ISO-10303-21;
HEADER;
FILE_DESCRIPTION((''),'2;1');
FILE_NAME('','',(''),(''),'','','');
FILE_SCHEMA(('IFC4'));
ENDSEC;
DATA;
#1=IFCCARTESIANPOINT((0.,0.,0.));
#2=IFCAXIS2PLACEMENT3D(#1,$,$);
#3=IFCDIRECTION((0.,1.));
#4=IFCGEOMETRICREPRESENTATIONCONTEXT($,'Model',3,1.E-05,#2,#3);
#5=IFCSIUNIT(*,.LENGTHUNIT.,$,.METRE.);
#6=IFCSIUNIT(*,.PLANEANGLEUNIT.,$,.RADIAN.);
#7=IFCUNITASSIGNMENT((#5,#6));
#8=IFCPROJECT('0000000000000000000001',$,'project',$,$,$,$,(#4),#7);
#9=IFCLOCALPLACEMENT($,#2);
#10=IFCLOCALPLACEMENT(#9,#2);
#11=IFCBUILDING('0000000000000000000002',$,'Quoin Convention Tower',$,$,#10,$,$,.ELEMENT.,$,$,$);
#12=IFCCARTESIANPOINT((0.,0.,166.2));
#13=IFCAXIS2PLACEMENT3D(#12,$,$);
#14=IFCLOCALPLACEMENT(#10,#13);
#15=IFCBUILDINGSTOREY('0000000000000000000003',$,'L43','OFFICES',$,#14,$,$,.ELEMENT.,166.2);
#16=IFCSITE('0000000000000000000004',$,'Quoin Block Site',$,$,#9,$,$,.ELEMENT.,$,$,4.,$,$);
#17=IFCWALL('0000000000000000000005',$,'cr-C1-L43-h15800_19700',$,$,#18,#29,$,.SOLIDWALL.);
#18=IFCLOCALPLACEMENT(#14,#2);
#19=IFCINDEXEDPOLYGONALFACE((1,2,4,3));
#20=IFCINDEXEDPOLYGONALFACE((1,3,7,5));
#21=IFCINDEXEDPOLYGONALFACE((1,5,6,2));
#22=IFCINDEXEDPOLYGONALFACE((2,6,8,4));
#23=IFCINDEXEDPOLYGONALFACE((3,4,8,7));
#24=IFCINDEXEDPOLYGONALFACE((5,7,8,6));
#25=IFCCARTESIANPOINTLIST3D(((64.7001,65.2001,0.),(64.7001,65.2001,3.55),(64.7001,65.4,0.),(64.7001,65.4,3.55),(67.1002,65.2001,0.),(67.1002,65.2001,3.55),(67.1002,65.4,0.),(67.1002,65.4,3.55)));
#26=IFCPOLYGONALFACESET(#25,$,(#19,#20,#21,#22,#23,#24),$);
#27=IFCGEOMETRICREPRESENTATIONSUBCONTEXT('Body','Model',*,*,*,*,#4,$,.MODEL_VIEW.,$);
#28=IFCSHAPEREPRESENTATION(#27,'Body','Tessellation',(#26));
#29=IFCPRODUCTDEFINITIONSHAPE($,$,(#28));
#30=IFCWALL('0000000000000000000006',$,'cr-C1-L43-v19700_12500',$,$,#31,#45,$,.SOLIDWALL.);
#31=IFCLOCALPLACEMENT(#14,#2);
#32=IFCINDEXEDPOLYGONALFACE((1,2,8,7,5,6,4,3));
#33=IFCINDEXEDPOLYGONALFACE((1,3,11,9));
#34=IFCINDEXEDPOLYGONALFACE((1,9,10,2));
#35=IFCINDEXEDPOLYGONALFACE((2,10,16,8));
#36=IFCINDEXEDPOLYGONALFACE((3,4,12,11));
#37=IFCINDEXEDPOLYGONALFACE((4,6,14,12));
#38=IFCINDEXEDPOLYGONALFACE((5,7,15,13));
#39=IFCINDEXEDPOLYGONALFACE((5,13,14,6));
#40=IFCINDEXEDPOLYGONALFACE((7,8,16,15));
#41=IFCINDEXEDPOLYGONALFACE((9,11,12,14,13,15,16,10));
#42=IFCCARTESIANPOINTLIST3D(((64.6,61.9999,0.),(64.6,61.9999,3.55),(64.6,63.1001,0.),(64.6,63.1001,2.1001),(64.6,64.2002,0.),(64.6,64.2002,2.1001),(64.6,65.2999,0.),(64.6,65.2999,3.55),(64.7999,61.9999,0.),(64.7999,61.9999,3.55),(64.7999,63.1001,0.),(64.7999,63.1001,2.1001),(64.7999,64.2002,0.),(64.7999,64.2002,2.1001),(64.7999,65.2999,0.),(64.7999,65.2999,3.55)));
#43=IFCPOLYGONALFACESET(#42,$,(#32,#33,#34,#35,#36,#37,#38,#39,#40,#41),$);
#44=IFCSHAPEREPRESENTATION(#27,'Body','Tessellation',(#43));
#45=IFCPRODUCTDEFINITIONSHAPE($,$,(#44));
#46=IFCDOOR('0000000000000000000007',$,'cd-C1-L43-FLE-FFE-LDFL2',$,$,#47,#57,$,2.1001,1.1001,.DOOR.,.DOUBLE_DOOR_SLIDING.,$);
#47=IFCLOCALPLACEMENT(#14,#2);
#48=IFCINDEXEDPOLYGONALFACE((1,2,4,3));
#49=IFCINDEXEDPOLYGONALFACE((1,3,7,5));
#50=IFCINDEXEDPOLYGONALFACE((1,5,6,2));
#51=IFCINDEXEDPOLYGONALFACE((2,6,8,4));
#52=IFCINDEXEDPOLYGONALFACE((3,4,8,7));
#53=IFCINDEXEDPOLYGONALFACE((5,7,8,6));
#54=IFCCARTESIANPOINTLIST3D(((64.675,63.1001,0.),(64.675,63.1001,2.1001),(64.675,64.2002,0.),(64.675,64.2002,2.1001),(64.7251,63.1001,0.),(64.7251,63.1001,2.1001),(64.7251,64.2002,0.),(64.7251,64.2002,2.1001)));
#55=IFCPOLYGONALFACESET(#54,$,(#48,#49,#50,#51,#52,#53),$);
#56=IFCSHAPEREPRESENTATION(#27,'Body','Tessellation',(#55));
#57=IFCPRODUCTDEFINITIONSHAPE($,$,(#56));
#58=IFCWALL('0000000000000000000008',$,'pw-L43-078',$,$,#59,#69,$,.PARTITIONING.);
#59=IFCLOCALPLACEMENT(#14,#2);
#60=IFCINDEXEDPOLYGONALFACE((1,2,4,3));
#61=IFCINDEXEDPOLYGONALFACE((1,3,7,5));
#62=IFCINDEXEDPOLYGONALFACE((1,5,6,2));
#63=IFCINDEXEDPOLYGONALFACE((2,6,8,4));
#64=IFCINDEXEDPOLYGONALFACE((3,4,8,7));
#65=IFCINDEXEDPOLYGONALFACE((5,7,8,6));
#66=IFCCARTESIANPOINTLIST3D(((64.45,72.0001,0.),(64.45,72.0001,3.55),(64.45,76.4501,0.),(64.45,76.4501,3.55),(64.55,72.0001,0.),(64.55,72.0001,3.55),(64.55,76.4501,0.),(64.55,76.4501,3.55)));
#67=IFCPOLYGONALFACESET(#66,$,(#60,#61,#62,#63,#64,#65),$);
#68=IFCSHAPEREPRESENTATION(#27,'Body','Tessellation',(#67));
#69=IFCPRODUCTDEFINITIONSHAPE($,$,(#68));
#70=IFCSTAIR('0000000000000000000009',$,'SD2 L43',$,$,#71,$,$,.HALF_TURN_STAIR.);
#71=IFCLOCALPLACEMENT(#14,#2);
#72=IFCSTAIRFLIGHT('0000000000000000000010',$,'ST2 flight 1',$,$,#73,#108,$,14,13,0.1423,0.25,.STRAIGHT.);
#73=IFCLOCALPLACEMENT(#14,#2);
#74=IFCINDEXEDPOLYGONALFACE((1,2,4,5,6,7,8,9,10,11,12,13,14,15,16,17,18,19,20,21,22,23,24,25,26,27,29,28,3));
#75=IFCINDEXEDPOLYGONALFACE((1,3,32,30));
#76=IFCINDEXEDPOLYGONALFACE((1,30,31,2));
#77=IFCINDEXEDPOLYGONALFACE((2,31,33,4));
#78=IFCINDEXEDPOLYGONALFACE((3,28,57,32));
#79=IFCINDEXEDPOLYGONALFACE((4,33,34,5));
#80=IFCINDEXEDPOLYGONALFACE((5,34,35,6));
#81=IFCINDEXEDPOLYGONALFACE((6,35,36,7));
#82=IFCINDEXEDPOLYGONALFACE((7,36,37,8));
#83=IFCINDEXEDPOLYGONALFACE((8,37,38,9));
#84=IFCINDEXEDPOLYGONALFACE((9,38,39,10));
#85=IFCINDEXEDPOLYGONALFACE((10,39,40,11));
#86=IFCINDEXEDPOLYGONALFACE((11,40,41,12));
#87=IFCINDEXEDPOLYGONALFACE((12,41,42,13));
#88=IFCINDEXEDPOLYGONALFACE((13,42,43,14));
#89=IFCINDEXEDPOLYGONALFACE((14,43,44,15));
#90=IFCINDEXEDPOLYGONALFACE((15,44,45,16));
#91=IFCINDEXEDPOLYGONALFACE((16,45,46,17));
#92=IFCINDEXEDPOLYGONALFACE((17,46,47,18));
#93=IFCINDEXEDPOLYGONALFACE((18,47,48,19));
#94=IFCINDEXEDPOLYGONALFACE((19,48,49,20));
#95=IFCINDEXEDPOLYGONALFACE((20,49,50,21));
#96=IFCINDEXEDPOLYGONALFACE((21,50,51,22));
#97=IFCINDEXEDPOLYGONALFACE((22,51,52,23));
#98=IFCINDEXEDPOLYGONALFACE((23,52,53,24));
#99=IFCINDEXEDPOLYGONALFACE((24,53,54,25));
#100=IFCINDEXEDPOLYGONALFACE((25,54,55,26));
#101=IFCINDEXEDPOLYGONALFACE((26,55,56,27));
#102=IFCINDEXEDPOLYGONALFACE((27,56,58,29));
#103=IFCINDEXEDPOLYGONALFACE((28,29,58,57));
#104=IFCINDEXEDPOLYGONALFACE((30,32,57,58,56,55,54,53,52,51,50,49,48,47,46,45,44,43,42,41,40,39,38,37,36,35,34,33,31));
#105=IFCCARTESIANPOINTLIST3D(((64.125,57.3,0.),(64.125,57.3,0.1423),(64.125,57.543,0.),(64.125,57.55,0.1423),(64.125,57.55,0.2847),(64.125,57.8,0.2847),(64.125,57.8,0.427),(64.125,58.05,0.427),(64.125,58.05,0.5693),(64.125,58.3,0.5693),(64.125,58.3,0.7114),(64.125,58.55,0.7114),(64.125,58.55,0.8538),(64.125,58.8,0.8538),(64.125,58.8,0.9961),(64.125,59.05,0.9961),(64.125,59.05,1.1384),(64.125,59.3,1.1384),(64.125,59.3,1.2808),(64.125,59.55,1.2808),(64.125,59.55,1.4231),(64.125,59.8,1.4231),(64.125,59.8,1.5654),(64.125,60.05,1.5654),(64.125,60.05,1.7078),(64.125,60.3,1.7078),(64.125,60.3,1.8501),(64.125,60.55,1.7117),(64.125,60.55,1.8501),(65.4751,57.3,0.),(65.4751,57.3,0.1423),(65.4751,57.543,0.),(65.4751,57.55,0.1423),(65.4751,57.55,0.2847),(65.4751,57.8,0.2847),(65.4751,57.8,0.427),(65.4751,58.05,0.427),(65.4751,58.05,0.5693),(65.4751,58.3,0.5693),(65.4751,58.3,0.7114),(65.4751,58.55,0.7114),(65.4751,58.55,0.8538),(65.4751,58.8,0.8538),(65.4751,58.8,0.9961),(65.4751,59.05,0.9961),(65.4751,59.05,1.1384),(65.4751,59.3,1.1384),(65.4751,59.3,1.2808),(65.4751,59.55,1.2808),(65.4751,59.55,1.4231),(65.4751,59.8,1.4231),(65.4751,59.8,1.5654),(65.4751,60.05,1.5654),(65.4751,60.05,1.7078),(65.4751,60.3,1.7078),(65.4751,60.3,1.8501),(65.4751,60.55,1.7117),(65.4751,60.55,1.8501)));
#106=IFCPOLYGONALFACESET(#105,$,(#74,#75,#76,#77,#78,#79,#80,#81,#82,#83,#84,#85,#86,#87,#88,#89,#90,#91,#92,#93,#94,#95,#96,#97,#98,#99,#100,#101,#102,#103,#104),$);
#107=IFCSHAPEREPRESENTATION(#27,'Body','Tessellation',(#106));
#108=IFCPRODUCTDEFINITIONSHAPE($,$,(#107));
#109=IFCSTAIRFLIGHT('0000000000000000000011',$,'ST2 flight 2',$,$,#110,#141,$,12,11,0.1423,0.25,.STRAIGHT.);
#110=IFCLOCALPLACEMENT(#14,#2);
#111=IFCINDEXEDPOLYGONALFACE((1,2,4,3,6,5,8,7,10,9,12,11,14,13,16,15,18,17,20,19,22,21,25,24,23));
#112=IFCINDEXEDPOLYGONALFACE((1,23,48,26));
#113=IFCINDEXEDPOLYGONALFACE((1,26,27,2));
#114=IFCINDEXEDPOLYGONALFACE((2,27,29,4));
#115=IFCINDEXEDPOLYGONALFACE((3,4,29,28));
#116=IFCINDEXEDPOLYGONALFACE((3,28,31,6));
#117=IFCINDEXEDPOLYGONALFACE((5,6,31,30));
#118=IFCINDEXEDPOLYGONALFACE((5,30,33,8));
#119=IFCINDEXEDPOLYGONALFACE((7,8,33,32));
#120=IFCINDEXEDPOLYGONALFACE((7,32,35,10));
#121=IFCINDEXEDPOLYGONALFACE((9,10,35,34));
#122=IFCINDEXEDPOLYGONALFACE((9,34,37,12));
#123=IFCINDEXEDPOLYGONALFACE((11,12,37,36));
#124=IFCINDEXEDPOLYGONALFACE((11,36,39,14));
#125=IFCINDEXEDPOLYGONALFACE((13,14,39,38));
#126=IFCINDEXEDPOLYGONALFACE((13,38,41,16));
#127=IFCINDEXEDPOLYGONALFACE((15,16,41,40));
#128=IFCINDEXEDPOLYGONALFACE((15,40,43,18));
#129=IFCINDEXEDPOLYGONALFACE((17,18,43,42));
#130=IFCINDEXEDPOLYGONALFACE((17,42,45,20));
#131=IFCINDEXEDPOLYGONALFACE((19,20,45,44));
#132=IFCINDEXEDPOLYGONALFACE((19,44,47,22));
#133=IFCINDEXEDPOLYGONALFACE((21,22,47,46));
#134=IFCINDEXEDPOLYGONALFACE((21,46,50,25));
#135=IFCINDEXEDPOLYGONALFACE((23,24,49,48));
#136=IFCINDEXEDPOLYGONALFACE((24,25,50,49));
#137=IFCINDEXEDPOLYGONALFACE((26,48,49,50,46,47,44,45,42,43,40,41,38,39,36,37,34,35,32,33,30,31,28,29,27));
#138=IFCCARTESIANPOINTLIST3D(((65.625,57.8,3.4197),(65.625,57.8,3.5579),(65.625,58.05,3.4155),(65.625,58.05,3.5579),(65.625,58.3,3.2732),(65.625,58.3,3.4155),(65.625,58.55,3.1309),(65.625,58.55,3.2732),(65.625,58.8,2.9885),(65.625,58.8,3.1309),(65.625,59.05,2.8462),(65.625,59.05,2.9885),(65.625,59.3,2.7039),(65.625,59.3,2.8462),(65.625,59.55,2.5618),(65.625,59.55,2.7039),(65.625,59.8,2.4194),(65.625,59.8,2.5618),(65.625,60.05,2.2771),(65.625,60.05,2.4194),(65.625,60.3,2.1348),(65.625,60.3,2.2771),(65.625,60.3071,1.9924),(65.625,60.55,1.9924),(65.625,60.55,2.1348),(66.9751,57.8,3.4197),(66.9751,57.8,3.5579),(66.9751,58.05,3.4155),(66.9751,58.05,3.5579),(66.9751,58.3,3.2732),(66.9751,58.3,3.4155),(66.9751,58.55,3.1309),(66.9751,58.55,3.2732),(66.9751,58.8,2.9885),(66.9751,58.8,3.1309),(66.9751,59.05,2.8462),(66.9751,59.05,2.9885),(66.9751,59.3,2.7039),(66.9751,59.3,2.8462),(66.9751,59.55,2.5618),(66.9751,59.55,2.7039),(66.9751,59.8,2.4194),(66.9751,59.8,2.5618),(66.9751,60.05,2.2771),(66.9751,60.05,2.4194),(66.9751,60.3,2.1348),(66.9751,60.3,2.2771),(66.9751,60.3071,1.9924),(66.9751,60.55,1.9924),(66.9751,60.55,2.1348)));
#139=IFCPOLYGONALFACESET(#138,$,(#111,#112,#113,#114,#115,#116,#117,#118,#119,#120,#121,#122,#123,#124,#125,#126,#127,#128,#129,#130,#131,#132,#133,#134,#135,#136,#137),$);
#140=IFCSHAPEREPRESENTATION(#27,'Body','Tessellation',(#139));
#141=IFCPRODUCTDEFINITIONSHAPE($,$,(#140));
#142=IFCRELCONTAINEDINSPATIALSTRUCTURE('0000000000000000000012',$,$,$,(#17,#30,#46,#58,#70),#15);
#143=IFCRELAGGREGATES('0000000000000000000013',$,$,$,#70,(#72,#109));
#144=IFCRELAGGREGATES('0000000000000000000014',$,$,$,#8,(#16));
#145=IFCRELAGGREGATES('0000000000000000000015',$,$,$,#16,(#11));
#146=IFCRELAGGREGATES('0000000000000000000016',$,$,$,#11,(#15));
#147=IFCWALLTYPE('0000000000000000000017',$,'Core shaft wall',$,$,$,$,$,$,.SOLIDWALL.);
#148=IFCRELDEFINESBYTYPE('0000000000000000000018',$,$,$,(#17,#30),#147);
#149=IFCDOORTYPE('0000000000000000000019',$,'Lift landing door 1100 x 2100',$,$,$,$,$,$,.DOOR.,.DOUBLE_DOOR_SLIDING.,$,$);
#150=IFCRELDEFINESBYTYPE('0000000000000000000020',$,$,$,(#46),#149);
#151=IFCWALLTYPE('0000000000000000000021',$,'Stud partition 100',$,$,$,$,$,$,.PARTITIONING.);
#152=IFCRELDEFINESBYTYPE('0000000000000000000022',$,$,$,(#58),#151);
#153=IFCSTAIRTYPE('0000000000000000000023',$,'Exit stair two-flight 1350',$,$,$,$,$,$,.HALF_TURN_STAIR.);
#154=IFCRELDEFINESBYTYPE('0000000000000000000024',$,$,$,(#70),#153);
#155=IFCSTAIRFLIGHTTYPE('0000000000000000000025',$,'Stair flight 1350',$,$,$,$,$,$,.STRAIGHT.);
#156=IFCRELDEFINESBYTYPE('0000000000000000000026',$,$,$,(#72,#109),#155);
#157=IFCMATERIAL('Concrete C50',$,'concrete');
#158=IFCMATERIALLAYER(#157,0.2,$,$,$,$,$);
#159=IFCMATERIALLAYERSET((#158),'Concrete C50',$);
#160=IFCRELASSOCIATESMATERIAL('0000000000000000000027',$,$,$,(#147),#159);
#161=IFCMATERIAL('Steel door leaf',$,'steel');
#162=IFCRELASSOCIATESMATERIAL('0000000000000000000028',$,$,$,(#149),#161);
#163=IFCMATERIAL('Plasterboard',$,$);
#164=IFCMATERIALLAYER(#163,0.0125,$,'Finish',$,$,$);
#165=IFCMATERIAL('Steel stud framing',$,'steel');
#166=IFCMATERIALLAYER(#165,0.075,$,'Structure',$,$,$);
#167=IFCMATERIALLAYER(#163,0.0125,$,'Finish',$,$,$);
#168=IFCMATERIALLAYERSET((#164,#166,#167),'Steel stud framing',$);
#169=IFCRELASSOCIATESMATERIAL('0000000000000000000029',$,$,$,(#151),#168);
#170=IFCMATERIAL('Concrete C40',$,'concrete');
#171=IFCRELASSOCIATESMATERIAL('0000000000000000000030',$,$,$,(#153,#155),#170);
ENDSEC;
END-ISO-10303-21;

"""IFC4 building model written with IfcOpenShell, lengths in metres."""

from ifc_helpers import new_model, si_unit, direction, frame, frame_2d, origin, place, context, subcontext, project, spatial, polyline, rectangle, outline, extrude, material, layer, layer_set, type_object, element, fill, aggregate, save


model = new_model("IFC4")

# Units and contexts
model_context = context("Model", 3, precision=1e-05, world=origin(), true_north=direction((0.0, 1.0)))
body_context = subcontext(model_context, "Body", "Model", "MODEL_VIEW")
ifc_project = project(units=[si_unit("LENGTHUNIT", "METRE"), si_unit("PLANEANGLEUNIT", "RADIAN")], contexts=[model_context])

# Site, building, storey
site_placement = place(None, origin())
site = spatial("IfcSite", under=ifc_project, at=site_placement, Name="Quoin Block Site", CompositionType="ELEMENT", RefElevation=4.0)
building_placement = place(site_placement, origin())
building = spatial("IfcBuilding", under=site, at=building_placement, Name="Quoin Convention Tower", CompositionType="ELEMENT")
storey_placement = place(building_placement, frame((0.0, 0.0, 166.2)))
storey = spatial("IfcBuildingStorey", under=building, at=storey_placement, Name="L43", Description="OFFICES", CompositionType="ELEMENT", Elevation=166.2)

# Shared definitions
ifc_material_1 = material(Name="Concrete C50", Category="concrete")

# Shared definitions
ifc_material_2 = material(Name="Plasterboard")
ifc_material_3 = material(Name="Steel stud framing", Category="steel")

# Shared definitions
ifc_material_4 = material(Name="Steel door leaf", Category="steel")

# Wall
ifc_layer_1 = layer(ifc_material_1, 0.2)
ifc_layer_set_1 = layer_set([ifc_layer_1], Name="Concrete C50")
wall_type_1 = type_object("IfcWallType", Name="Core shaft wall", PredefinedType="SOLIDWALL", material=ifc_layer_set_1)
wall_1_placement = place(storey_placement, frame((64.7, 65.3, 0.0), z_axis=(0.0, 0.0, 1.0), x_axis=(1.0, 0.0, 0.0)))
element("IfcWall", 1, at=wall_1_placement, inside=storey, type_object=wall_type_1, Name="cr-C1-L43-h15800_19700", PredefinedType="SOLIDWALL", context=body_context, shape_type="SweptSolid", body=[
    extrude(rectangle(XDim=2.4001, YDim=0.2, at=frame_2d((1.2002, 0.0))), origin(), (0.0, 0.0, 1.0), 3.55),
])

# Wall, opening, door
wall_2_placement = place(storey_placement, frame((64.7, 62.0, 0.0), z_axis=(0.0, 0.0, 1.0), x_axis=(0.0, 1.0, 0.0)))
wall_2 = element("IfcWall", 2, at=wall_2_placement, inside=storey, type_object=wall_type_1, Name="cr-C1-L43-v19700_12500", PredefinedType="SOLIDWALL", context=body_context, shape_type="SweptSolid", body=[
    extrude(rectangle(XDim=3.3, YDim=0.2, at=frame_2d((1.6499, 0.0))), origin(), (0.0, 0.0, 1.0), 3.55),
])
opening_1_placement = place(wall_2_placement, frame((1.1001, 0.0, 0.0)))
opening_1 = element("IfcOpeningElement", 3, at=opening_1_placement, cuts=wall_2, PredefinedType="OPENING", context=body_context, shape_type="SweptSolid", body=[
    extrude(rectangle(XDim=1.1001, YDim=2.1001, at=frame_2d((0.55, 1.05))), frame((0.0, 0.1099, 0.0), z_axis=(0.0, -1.0, 0.0), x_axis=(1.0, 0.0, 0.0)), (0.0, 0.0, 1.0), 0.22),
])
door_type_1 = type_object("IfcDoorType", Name="Lift landing door 1100 x 2100", OperationType="DOUBLE_DOOR_SLIDING", PredefinedType="DOOR", material=ifc_material_4)
door_1_placement = place(opening_1_placement, origin())
door_1 = element("IfcDoor", 4, at=door_1_placement, inside=storey, type_object=door_type_1, Name="cd-C1-L43-FLE-FFE-LDFL2", OperationType="DOUBLE_DOOR_SLIDING", OverallHeight=2.1001, OverallWidth=1.1001, PredefinedType="DOOR", context=body_context, shape_type="SweptSolid", body=[
    extrude(rectangle(XDim=1.1001, YDim=2.1001, at=frame_2d((0.55, 1.05))), frame((0.0, 0.0249, 0.0), z_axis=(0.0, -1.0, 0.0), x_axis=(1.0, 0.0, 0.0)), (0.0, 0.0, 1.0), 0.05),
])
fill(opening_1, door_1)

# Wall
ifc_layer_2 = layer(ifc_material_2, 0.0125, Name="Finish")
ifc_layer_3 = layer(ifc_material_3, 0.075, Name="Structure")
ifc_layer_4 = layer(ifc_material_2, 0.0125, Name="Finish")
ifc_layer_set_2 = layer_set([ifc_layer_2, ifc_layer_3, ifc_layer_4], Name="Steel stud framing")
wall_type_2 = type_object("IfcWallType", Name="Stud partition 100", PredefinedType="PARTITIONING", material=ifc_layer_set_2)
wall_3_placement = place(storey_placement, frame((64.5, 72.0, 0.0), z_axis=(0.0, 0.0, 1.0), x_axis=(0.0, 1.0, 0.0)))
element("IfcWall", 5, at=wall_3_placement, inside=storey, type_object=wall_type_2, Name="pw-L43-078", PredefinedType="PARTITIONING", context=body_context, shape_type="SweptSolid", body=[
    extrude(rectangle(XDim=4.45, YDim=0.1001, at=frame_2d((2.2251, 0.0))), origin(), (0.0, 0.0, 1.0), 3.55),
])

# Stair, stair flights
ifc_material_5 = material(Name="Concrete C40", Category="concrete")
stair_type = type_object("IfcStairType", Name="Exit stair two-flight 1350", PredefinedType="HALF_TURN_STAIR", material=ifc_material_5)
stair_placement = place(storey_placement, origin())
stair = element("IfcStair", 6, at=stair_placement, inside=storey, type_object=stair_type, Name="SD2 L43", PredefinedType="HALF_TURN_STAIR")
stair_flight_type = type_object("IfcStairFlightType", Name="Stair flight 1350", PredefinedType="STRAIGHT", material=ifc_material_5)
stair_flight_1_placement = place(storey_placement, frame((64.8, 57.3, 0.0), z_axis=(0.0, 0.0, 1.0), x_axis=(0.0, 1.0, 0.0)))
stair_flight_1 = element("IfcStairFlight", 7, at=stair_flight_1_placement, type_object=stair_flight_type, Name="ST2 flight 1", NumberOfRisers=14, NumberOfTreads=13, PredefinedType="STRAIGHT", RiserHeight=0.1423, TreadLength=0.25, context=body_context, shape_type="SweptSolid", body=[
    extrude(outline(polyline([(0.0, 0.0), (0.0, 0.1423), (0.25, 0.1423), (0.25, 0.2847), (0.5, 0.2847), (0.5, 0.427), (0.75, 0.427), (0.75, 0.5693), (1.0, 0.5693), (1.0, 0.7114), (1.25, 0.7114), (1.25, 0.8538), (1.5, 0.8538), (1.5, 0.9961), (1.75, 0.9961), (1.75, 1.1384), (2.0, 1.1384), (2.0, 1.2808), (2.25, 1.2808), (2.25, 1.4231), (2.5, 1.4231), (2.5, 1.5654), (2.75, 1.5654), (2.75, 1.7078), (3.0, 1.7078), (3.0, 1.8501), (3.25, 1.8501), (3.25, 1.9922), (3.25, 1.7117), (0.2429, 0.0), (0.0, 0.0)])), frame((0.0, 0.675, 0.0), z_axis=(0.0, -1.0, 0.0), x_axis=(1.0, 0.0, 0.0)), (0.0, 0.0, 1.0), 1.3501),
])
stair_flight_2_placement = place(storey_placement, frame((66.3, 60.55, 1.9924), z_axis=(0.0, 0.0, 1.0), x_axis=(0.0, -1.0, 0.0)))
stair_flight_2 = element("IfcStairFlight", 8, at=stair_flight_2_placement, type_object=stair_flight_type, Name="ST2 flight 2", NumberOfRisers=12, NumberOfTreads=11, PredefinedType="STRAIGHT", RiserHeight=0.1423, TreadLength=0.25, context=body_context, shape_type="SweptSolid", body=[
    extrude(outline(polyline([(0.0, 0.0), (0.0, 0.1423), (0.25, 0.1423), (0.25, 0.2847), (0.5, 0.2847), (0.5, 0.427), (0.75, 0.427), (0.75, 0.5693), (1.0, 0.5693), (1.0, 0.7114), (1.25, 0.7114), (1.25, 0.8538), (1.5, 0.8538), (1.5, 0.9961), (1.75, 0.9961), (1.75, 1.1384), (2.0, 1.1384), (2.0, 1.2808), (2.25, 1.2808), (2.25, 1.4231), (2.5, 1.4231), (2.5, 1.5654), (2.75, 1.5654), (2.75, 1.7078), (2.75, 1.4272), (0.2429, 0.0), (0.0, 0.0)])), frame((0.0, 0.675, 0.0), z_axis=(0.0, -1.0, 0.0), x_axis=(1.0, 0.0, 0.0)), (0.0, 0.0, 1.0), 1.3501),
])
aggregate(stair, [stair_flight_1, stair_flight_2])

save(model, "model.ifc")
